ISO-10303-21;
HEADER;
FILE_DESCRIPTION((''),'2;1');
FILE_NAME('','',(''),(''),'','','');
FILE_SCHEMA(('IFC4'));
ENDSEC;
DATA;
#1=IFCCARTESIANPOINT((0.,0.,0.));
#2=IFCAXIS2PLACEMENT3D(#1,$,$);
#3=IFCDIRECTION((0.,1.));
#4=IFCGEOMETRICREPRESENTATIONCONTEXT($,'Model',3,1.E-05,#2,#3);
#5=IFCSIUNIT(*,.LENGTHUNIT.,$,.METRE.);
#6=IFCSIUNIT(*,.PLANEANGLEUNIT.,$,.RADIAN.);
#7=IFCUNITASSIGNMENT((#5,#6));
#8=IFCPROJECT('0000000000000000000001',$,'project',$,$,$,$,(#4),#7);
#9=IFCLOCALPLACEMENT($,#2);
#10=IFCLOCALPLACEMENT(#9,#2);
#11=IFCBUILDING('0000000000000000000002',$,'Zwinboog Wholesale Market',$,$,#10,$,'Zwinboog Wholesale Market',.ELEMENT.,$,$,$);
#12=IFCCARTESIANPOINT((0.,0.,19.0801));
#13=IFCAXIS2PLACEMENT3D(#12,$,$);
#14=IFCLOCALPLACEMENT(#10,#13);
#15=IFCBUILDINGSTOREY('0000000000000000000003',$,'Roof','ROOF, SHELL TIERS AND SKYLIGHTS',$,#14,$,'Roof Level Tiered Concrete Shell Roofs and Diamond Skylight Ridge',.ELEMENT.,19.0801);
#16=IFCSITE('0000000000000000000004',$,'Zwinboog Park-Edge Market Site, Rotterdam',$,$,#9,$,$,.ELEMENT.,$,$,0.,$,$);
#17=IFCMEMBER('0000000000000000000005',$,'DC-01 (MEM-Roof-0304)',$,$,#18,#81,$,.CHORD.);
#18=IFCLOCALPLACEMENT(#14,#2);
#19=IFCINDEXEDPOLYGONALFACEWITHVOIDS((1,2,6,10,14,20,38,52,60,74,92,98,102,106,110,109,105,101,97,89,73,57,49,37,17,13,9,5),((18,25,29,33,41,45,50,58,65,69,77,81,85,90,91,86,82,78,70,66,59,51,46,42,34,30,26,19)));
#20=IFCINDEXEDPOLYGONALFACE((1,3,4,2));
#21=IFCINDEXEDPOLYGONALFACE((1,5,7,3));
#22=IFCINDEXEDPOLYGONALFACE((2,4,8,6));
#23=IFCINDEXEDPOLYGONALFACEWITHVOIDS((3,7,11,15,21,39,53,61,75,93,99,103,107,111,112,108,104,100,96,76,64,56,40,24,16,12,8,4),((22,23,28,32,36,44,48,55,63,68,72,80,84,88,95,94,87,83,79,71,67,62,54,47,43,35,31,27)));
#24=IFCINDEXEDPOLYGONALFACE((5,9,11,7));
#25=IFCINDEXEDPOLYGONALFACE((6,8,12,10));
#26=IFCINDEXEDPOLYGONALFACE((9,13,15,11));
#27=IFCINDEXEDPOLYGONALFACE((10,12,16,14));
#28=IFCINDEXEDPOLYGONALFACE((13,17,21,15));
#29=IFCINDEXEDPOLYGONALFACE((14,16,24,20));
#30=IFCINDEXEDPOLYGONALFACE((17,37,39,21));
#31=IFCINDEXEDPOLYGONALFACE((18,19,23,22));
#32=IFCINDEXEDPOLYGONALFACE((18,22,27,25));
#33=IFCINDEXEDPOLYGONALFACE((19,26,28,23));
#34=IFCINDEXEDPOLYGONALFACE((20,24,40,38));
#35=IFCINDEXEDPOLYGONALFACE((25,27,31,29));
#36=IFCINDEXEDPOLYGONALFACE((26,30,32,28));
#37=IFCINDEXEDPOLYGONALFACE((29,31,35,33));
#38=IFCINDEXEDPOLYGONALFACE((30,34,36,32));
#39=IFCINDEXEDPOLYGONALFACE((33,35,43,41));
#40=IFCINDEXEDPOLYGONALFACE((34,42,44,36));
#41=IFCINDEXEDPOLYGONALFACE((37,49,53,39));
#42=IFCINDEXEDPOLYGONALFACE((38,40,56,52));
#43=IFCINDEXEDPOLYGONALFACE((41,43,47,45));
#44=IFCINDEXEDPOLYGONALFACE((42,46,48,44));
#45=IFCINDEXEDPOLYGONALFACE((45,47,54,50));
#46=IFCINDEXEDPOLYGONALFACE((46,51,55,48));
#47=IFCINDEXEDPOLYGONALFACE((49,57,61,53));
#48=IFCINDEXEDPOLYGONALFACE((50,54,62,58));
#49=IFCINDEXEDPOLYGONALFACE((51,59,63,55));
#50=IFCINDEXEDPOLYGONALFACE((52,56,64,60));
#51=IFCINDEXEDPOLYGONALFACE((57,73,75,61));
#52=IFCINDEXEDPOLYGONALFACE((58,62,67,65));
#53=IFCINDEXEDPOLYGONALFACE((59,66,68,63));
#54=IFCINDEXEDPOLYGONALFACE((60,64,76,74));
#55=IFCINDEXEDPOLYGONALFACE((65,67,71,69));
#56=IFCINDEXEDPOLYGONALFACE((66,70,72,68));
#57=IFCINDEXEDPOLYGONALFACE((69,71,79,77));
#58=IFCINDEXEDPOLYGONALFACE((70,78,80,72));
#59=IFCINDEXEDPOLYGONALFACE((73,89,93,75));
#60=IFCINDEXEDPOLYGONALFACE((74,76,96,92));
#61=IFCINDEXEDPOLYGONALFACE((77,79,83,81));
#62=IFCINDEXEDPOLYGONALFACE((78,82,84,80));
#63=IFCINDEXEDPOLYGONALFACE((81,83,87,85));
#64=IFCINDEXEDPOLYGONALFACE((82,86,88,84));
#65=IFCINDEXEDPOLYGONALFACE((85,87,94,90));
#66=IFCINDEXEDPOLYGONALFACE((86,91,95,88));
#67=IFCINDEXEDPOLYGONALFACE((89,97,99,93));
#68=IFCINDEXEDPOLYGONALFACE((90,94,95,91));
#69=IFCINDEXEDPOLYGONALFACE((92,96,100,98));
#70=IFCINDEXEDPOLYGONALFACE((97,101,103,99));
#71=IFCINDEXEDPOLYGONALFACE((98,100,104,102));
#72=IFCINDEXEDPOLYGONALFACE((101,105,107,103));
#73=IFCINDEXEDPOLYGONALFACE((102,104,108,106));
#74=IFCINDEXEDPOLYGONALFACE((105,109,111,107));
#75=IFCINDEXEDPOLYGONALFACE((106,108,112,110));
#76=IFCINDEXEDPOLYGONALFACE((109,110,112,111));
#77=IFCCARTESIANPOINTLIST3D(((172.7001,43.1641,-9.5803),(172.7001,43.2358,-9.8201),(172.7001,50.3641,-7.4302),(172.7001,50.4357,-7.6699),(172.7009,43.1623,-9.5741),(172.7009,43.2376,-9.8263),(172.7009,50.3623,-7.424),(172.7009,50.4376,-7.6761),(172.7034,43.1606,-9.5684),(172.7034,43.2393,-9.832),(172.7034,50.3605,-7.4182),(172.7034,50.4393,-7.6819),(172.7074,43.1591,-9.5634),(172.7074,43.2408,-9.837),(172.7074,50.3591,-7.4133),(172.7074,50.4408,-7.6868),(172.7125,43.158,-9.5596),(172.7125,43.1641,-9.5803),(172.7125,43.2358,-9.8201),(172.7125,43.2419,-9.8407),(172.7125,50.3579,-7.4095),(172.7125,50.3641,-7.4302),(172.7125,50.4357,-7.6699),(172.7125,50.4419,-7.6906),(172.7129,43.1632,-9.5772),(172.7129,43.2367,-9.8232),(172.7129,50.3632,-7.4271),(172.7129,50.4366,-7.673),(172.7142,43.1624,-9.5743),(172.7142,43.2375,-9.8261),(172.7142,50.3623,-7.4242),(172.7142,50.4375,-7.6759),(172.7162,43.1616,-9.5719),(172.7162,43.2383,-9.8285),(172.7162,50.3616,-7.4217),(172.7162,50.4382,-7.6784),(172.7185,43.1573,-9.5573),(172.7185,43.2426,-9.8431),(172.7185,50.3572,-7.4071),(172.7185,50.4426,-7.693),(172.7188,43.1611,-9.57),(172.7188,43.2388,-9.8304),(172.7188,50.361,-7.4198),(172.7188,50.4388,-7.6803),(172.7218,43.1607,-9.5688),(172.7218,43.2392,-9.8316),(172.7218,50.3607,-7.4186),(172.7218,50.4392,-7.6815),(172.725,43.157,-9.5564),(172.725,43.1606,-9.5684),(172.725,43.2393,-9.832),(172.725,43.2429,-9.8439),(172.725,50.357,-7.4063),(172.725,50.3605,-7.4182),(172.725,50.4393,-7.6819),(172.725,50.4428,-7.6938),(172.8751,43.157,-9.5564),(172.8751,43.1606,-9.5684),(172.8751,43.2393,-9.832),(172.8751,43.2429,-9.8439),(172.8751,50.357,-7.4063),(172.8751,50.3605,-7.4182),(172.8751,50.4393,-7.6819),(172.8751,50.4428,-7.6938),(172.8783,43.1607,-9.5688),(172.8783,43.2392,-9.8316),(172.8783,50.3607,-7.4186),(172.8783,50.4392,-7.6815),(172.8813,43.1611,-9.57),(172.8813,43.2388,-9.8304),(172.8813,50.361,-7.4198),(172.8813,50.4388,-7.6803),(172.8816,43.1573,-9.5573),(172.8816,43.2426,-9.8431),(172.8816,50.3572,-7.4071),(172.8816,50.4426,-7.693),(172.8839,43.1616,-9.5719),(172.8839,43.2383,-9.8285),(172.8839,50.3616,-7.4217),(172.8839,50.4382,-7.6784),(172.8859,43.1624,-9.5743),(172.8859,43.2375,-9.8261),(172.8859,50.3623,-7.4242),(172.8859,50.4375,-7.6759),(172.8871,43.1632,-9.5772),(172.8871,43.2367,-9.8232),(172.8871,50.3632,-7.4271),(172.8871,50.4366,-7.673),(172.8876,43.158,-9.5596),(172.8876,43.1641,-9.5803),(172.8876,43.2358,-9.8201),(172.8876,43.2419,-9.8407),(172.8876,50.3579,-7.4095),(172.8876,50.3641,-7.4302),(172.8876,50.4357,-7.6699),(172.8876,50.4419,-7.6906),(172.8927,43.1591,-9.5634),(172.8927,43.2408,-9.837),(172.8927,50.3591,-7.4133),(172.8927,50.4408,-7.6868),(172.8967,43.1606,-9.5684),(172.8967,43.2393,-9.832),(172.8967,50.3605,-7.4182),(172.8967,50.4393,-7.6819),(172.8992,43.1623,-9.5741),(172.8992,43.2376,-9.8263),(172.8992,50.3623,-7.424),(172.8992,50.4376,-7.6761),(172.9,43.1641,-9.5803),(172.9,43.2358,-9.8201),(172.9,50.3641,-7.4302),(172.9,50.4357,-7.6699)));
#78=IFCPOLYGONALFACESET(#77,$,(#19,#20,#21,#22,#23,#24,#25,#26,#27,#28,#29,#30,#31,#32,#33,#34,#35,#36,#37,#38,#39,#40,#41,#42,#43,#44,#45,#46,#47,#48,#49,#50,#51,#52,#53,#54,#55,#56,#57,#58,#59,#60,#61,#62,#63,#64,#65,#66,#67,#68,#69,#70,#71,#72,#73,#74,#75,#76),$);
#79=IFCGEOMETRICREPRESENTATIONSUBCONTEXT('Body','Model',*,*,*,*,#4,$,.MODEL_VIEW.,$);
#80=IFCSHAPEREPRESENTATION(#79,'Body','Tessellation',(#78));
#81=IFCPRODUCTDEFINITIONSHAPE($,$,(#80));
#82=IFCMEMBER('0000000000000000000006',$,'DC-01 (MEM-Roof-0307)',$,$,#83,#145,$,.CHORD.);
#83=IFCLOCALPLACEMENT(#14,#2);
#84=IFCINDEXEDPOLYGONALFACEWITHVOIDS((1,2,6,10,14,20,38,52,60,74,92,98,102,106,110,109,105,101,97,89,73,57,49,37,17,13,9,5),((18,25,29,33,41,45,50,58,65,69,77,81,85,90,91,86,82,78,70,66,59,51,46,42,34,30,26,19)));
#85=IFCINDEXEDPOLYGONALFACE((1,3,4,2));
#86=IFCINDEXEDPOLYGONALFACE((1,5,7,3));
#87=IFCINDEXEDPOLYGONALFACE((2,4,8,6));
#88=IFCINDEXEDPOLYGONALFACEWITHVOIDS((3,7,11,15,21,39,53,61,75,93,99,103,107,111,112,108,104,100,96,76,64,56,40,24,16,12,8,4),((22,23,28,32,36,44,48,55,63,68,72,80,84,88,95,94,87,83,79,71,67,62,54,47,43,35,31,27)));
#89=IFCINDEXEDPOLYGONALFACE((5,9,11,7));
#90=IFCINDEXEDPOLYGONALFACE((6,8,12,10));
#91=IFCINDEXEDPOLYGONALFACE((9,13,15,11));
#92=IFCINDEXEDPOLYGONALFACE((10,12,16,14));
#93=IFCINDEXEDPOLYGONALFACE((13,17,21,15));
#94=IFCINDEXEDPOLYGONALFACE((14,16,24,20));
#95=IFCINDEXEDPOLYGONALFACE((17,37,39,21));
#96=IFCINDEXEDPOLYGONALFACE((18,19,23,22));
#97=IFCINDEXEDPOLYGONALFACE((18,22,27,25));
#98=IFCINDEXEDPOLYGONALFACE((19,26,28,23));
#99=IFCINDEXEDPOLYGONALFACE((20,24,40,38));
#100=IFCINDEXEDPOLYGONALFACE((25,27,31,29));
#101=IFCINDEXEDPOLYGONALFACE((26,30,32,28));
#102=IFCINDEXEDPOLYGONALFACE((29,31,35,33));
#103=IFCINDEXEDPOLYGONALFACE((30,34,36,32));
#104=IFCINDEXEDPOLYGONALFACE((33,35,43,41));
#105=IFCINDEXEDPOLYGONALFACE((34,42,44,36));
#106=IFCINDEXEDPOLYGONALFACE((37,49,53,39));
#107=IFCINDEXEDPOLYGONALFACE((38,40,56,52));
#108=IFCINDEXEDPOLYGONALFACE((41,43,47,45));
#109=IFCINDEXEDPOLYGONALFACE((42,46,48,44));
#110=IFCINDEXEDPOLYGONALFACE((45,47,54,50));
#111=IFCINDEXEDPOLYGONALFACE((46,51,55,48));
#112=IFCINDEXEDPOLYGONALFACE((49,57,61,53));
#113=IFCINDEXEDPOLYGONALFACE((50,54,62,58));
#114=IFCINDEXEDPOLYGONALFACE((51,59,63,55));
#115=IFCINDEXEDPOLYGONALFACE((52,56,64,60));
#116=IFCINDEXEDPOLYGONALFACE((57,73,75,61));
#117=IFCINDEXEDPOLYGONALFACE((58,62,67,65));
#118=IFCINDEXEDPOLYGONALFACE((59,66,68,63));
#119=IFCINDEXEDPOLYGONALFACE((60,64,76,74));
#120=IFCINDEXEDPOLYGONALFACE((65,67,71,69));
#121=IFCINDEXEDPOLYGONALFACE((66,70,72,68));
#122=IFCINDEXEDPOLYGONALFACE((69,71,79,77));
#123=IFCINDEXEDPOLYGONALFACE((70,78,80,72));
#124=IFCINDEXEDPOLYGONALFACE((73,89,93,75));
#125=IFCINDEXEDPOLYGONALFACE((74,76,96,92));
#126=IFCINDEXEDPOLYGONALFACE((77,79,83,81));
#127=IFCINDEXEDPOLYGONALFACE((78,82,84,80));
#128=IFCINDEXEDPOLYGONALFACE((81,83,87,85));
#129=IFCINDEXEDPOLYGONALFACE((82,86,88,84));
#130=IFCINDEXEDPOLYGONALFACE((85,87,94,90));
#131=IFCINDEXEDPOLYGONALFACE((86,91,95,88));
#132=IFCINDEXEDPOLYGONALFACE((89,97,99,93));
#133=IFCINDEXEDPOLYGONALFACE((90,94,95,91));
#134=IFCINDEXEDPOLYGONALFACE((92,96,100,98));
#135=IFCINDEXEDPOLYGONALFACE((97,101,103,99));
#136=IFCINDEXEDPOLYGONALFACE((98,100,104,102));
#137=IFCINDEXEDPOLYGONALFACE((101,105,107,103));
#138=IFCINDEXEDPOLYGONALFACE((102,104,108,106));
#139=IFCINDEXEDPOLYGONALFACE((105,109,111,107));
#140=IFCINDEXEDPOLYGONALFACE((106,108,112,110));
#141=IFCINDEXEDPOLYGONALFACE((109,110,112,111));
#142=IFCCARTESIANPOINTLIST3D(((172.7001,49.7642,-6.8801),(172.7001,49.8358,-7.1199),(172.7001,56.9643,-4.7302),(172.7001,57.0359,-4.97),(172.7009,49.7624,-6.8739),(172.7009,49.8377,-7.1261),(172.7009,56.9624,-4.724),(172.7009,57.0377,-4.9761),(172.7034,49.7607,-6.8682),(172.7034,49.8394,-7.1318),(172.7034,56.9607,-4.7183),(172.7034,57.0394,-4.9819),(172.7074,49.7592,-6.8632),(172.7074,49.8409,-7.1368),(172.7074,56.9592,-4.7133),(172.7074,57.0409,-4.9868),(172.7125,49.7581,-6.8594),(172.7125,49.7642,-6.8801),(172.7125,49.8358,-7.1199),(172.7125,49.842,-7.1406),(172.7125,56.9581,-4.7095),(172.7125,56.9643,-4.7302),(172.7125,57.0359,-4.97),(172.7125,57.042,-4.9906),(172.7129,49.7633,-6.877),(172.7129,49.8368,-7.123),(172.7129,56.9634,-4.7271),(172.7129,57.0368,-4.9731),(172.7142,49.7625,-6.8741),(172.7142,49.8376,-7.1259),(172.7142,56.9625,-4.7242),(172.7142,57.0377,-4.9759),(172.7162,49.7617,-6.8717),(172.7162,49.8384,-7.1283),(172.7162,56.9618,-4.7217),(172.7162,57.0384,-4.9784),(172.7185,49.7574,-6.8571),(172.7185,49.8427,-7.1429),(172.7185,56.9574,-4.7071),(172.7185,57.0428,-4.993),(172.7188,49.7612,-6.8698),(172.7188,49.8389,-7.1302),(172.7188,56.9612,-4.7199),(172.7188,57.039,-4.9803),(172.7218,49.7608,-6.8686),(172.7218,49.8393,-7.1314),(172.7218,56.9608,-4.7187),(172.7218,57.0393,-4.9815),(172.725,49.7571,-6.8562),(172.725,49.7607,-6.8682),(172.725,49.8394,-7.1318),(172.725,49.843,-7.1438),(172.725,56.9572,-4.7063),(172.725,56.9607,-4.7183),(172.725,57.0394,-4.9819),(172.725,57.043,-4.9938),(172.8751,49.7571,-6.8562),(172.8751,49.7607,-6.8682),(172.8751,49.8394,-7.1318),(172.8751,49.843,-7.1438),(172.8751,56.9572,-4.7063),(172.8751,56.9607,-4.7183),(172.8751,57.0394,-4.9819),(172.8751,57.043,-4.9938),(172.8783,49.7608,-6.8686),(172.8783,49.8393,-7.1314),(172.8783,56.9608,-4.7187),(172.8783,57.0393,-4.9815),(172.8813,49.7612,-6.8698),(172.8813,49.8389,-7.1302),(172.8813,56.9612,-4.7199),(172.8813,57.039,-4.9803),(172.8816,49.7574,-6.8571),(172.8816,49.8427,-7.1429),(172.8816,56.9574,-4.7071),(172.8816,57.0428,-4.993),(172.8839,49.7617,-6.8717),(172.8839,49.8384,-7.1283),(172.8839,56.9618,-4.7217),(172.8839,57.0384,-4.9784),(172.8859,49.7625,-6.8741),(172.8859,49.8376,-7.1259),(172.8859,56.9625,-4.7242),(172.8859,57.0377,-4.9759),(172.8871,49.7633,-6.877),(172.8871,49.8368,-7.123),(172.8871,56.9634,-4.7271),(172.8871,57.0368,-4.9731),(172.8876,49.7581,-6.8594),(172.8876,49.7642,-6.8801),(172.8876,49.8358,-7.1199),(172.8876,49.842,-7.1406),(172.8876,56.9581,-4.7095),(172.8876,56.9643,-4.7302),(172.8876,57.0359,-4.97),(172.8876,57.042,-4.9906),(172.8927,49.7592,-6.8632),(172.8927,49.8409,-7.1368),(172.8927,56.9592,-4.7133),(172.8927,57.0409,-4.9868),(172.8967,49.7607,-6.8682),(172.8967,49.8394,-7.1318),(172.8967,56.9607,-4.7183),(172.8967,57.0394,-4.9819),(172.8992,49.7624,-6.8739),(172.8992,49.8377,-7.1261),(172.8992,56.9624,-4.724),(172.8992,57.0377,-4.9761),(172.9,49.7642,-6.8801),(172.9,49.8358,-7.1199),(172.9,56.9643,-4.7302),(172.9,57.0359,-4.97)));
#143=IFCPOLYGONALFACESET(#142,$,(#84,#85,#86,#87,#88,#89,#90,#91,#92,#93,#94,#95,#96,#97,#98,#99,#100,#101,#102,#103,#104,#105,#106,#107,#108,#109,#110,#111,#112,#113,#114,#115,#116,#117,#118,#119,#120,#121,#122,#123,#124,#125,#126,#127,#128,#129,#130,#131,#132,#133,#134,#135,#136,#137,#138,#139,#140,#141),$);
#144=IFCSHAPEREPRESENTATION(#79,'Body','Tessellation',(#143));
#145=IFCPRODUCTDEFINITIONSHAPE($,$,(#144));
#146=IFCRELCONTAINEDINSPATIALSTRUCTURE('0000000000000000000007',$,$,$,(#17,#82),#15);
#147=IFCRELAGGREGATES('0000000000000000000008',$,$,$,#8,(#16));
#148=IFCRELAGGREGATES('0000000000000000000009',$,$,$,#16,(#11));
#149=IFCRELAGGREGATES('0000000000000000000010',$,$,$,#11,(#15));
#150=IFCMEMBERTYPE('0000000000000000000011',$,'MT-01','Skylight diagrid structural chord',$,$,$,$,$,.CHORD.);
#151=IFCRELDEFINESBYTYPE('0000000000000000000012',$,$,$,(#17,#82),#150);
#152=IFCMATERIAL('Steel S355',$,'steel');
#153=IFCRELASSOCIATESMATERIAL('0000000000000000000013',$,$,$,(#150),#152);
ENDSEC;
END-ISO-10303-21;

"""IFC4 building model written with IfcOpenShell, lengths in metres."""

from ifc_helpers import new_model, si_unit, direction, frame, origin, origin_2d, place, context, subcontext, project, spatial, hollow_rectangle, extrude, material, material_profile, profile_set, type_object, element, save


model = new_model("IFC4")

# Units and contexts
model_context = context("Model", 3, precision=1e-05, world=origin(), true_north=direction((0.0, 1.0)))
body_context = subcontext(model_context, "Body", "Model", "MODEL_VIEW")
ifc_project = project(units=[si_unit("LENGTHUNIT", "METRE"), si_unit("PLANEANGLEUNIT", "RADIAN")], contexts=[model_context])

# Site, building, storey
site_placement = place(None, origin())
site = spatial("IfcSite", under=ifc_project, at=site_placement, Name="Zwinboog Park-Edge Market Site, Rotterdam", CompositionType="ELEMENT", RefElevation=0.0)
building_placement = place(site_placement, origin())
building = spatial("IfcBuilding", under=site, at=building_placement, Name="Zwinboog Wholesale Market", LongName="Zwinboog Wholesale Market", CompositionType="ELEMENT")
storey_placement = place(building_placement, frame((0.0, 0.0, 19.0801)))
storey = spatial("IfcBuildingStorey", under=building, at=storey_placement, Name="Roof", Description="ROOF, SHELL TIERS AND SKYLIGHTS", LongName="Roof Level Tiered Concrete Shell Roofs and Diamond Skylight Ridge", CompositionType="ELEMENT", Elevation=19.0801)

# Members
ifc_material_1 = material(Name="Steel S355", Category="steel")
ifc_material_profile_1 = material_profile(ifc_material_1, hollow_rectangle(XDim=0.2, YDim=0.3, WallThickness=0.0125, InnerFilletRadius=0.0125, OuterFilletRadius=0.0249, at=origin_2d()), Name="RHS 300x200x12.5")
ifc_profile_set_1 = profile_set([ifc_material_profile_1], Name="Steel S355")
member_type_1 = type_object("IfcMemberType", Name="MT-01", Description="Skylight diagrid structural chord", PredefinedType="CHORD", material=ifc_profile_set_1)
for number, where, z_axis, x_axis, name in (
    (1, (172.8, 43.2, -9.7002), (0.0, 0.958186, 0.286146), (-1.0, 0.0, 0.0), "DC-01 (MEM-Roof-0304)"),
    (2, (172.8, 49.8, -7.0), (0.0, 0.958195, 0.286117), (-1.0, 0.0, 0.0), "DC-01 (MEM-Roof-0307)"),
):
    element("IfcMember", number, at=place(storey_placement, frame(where, z_axis=z_axis, x_axis=x_axis)), inside=storey, type_object=member_type_1, Name=name, PredefinedType="CHORD", context=body_context, shape_type="SweptSolid", body=[
        extrude(hollow_rectangle(XDim=0.2, YDim=0.3, WallThickness=0.0125, InnerFilletRadius=0.0125, OuterFilletRadius=0.0249, at=origin_2d()), origin(), (0.0, 0.0, 1.0), 7.5142),
    ])

save(model, "model.ifc")
